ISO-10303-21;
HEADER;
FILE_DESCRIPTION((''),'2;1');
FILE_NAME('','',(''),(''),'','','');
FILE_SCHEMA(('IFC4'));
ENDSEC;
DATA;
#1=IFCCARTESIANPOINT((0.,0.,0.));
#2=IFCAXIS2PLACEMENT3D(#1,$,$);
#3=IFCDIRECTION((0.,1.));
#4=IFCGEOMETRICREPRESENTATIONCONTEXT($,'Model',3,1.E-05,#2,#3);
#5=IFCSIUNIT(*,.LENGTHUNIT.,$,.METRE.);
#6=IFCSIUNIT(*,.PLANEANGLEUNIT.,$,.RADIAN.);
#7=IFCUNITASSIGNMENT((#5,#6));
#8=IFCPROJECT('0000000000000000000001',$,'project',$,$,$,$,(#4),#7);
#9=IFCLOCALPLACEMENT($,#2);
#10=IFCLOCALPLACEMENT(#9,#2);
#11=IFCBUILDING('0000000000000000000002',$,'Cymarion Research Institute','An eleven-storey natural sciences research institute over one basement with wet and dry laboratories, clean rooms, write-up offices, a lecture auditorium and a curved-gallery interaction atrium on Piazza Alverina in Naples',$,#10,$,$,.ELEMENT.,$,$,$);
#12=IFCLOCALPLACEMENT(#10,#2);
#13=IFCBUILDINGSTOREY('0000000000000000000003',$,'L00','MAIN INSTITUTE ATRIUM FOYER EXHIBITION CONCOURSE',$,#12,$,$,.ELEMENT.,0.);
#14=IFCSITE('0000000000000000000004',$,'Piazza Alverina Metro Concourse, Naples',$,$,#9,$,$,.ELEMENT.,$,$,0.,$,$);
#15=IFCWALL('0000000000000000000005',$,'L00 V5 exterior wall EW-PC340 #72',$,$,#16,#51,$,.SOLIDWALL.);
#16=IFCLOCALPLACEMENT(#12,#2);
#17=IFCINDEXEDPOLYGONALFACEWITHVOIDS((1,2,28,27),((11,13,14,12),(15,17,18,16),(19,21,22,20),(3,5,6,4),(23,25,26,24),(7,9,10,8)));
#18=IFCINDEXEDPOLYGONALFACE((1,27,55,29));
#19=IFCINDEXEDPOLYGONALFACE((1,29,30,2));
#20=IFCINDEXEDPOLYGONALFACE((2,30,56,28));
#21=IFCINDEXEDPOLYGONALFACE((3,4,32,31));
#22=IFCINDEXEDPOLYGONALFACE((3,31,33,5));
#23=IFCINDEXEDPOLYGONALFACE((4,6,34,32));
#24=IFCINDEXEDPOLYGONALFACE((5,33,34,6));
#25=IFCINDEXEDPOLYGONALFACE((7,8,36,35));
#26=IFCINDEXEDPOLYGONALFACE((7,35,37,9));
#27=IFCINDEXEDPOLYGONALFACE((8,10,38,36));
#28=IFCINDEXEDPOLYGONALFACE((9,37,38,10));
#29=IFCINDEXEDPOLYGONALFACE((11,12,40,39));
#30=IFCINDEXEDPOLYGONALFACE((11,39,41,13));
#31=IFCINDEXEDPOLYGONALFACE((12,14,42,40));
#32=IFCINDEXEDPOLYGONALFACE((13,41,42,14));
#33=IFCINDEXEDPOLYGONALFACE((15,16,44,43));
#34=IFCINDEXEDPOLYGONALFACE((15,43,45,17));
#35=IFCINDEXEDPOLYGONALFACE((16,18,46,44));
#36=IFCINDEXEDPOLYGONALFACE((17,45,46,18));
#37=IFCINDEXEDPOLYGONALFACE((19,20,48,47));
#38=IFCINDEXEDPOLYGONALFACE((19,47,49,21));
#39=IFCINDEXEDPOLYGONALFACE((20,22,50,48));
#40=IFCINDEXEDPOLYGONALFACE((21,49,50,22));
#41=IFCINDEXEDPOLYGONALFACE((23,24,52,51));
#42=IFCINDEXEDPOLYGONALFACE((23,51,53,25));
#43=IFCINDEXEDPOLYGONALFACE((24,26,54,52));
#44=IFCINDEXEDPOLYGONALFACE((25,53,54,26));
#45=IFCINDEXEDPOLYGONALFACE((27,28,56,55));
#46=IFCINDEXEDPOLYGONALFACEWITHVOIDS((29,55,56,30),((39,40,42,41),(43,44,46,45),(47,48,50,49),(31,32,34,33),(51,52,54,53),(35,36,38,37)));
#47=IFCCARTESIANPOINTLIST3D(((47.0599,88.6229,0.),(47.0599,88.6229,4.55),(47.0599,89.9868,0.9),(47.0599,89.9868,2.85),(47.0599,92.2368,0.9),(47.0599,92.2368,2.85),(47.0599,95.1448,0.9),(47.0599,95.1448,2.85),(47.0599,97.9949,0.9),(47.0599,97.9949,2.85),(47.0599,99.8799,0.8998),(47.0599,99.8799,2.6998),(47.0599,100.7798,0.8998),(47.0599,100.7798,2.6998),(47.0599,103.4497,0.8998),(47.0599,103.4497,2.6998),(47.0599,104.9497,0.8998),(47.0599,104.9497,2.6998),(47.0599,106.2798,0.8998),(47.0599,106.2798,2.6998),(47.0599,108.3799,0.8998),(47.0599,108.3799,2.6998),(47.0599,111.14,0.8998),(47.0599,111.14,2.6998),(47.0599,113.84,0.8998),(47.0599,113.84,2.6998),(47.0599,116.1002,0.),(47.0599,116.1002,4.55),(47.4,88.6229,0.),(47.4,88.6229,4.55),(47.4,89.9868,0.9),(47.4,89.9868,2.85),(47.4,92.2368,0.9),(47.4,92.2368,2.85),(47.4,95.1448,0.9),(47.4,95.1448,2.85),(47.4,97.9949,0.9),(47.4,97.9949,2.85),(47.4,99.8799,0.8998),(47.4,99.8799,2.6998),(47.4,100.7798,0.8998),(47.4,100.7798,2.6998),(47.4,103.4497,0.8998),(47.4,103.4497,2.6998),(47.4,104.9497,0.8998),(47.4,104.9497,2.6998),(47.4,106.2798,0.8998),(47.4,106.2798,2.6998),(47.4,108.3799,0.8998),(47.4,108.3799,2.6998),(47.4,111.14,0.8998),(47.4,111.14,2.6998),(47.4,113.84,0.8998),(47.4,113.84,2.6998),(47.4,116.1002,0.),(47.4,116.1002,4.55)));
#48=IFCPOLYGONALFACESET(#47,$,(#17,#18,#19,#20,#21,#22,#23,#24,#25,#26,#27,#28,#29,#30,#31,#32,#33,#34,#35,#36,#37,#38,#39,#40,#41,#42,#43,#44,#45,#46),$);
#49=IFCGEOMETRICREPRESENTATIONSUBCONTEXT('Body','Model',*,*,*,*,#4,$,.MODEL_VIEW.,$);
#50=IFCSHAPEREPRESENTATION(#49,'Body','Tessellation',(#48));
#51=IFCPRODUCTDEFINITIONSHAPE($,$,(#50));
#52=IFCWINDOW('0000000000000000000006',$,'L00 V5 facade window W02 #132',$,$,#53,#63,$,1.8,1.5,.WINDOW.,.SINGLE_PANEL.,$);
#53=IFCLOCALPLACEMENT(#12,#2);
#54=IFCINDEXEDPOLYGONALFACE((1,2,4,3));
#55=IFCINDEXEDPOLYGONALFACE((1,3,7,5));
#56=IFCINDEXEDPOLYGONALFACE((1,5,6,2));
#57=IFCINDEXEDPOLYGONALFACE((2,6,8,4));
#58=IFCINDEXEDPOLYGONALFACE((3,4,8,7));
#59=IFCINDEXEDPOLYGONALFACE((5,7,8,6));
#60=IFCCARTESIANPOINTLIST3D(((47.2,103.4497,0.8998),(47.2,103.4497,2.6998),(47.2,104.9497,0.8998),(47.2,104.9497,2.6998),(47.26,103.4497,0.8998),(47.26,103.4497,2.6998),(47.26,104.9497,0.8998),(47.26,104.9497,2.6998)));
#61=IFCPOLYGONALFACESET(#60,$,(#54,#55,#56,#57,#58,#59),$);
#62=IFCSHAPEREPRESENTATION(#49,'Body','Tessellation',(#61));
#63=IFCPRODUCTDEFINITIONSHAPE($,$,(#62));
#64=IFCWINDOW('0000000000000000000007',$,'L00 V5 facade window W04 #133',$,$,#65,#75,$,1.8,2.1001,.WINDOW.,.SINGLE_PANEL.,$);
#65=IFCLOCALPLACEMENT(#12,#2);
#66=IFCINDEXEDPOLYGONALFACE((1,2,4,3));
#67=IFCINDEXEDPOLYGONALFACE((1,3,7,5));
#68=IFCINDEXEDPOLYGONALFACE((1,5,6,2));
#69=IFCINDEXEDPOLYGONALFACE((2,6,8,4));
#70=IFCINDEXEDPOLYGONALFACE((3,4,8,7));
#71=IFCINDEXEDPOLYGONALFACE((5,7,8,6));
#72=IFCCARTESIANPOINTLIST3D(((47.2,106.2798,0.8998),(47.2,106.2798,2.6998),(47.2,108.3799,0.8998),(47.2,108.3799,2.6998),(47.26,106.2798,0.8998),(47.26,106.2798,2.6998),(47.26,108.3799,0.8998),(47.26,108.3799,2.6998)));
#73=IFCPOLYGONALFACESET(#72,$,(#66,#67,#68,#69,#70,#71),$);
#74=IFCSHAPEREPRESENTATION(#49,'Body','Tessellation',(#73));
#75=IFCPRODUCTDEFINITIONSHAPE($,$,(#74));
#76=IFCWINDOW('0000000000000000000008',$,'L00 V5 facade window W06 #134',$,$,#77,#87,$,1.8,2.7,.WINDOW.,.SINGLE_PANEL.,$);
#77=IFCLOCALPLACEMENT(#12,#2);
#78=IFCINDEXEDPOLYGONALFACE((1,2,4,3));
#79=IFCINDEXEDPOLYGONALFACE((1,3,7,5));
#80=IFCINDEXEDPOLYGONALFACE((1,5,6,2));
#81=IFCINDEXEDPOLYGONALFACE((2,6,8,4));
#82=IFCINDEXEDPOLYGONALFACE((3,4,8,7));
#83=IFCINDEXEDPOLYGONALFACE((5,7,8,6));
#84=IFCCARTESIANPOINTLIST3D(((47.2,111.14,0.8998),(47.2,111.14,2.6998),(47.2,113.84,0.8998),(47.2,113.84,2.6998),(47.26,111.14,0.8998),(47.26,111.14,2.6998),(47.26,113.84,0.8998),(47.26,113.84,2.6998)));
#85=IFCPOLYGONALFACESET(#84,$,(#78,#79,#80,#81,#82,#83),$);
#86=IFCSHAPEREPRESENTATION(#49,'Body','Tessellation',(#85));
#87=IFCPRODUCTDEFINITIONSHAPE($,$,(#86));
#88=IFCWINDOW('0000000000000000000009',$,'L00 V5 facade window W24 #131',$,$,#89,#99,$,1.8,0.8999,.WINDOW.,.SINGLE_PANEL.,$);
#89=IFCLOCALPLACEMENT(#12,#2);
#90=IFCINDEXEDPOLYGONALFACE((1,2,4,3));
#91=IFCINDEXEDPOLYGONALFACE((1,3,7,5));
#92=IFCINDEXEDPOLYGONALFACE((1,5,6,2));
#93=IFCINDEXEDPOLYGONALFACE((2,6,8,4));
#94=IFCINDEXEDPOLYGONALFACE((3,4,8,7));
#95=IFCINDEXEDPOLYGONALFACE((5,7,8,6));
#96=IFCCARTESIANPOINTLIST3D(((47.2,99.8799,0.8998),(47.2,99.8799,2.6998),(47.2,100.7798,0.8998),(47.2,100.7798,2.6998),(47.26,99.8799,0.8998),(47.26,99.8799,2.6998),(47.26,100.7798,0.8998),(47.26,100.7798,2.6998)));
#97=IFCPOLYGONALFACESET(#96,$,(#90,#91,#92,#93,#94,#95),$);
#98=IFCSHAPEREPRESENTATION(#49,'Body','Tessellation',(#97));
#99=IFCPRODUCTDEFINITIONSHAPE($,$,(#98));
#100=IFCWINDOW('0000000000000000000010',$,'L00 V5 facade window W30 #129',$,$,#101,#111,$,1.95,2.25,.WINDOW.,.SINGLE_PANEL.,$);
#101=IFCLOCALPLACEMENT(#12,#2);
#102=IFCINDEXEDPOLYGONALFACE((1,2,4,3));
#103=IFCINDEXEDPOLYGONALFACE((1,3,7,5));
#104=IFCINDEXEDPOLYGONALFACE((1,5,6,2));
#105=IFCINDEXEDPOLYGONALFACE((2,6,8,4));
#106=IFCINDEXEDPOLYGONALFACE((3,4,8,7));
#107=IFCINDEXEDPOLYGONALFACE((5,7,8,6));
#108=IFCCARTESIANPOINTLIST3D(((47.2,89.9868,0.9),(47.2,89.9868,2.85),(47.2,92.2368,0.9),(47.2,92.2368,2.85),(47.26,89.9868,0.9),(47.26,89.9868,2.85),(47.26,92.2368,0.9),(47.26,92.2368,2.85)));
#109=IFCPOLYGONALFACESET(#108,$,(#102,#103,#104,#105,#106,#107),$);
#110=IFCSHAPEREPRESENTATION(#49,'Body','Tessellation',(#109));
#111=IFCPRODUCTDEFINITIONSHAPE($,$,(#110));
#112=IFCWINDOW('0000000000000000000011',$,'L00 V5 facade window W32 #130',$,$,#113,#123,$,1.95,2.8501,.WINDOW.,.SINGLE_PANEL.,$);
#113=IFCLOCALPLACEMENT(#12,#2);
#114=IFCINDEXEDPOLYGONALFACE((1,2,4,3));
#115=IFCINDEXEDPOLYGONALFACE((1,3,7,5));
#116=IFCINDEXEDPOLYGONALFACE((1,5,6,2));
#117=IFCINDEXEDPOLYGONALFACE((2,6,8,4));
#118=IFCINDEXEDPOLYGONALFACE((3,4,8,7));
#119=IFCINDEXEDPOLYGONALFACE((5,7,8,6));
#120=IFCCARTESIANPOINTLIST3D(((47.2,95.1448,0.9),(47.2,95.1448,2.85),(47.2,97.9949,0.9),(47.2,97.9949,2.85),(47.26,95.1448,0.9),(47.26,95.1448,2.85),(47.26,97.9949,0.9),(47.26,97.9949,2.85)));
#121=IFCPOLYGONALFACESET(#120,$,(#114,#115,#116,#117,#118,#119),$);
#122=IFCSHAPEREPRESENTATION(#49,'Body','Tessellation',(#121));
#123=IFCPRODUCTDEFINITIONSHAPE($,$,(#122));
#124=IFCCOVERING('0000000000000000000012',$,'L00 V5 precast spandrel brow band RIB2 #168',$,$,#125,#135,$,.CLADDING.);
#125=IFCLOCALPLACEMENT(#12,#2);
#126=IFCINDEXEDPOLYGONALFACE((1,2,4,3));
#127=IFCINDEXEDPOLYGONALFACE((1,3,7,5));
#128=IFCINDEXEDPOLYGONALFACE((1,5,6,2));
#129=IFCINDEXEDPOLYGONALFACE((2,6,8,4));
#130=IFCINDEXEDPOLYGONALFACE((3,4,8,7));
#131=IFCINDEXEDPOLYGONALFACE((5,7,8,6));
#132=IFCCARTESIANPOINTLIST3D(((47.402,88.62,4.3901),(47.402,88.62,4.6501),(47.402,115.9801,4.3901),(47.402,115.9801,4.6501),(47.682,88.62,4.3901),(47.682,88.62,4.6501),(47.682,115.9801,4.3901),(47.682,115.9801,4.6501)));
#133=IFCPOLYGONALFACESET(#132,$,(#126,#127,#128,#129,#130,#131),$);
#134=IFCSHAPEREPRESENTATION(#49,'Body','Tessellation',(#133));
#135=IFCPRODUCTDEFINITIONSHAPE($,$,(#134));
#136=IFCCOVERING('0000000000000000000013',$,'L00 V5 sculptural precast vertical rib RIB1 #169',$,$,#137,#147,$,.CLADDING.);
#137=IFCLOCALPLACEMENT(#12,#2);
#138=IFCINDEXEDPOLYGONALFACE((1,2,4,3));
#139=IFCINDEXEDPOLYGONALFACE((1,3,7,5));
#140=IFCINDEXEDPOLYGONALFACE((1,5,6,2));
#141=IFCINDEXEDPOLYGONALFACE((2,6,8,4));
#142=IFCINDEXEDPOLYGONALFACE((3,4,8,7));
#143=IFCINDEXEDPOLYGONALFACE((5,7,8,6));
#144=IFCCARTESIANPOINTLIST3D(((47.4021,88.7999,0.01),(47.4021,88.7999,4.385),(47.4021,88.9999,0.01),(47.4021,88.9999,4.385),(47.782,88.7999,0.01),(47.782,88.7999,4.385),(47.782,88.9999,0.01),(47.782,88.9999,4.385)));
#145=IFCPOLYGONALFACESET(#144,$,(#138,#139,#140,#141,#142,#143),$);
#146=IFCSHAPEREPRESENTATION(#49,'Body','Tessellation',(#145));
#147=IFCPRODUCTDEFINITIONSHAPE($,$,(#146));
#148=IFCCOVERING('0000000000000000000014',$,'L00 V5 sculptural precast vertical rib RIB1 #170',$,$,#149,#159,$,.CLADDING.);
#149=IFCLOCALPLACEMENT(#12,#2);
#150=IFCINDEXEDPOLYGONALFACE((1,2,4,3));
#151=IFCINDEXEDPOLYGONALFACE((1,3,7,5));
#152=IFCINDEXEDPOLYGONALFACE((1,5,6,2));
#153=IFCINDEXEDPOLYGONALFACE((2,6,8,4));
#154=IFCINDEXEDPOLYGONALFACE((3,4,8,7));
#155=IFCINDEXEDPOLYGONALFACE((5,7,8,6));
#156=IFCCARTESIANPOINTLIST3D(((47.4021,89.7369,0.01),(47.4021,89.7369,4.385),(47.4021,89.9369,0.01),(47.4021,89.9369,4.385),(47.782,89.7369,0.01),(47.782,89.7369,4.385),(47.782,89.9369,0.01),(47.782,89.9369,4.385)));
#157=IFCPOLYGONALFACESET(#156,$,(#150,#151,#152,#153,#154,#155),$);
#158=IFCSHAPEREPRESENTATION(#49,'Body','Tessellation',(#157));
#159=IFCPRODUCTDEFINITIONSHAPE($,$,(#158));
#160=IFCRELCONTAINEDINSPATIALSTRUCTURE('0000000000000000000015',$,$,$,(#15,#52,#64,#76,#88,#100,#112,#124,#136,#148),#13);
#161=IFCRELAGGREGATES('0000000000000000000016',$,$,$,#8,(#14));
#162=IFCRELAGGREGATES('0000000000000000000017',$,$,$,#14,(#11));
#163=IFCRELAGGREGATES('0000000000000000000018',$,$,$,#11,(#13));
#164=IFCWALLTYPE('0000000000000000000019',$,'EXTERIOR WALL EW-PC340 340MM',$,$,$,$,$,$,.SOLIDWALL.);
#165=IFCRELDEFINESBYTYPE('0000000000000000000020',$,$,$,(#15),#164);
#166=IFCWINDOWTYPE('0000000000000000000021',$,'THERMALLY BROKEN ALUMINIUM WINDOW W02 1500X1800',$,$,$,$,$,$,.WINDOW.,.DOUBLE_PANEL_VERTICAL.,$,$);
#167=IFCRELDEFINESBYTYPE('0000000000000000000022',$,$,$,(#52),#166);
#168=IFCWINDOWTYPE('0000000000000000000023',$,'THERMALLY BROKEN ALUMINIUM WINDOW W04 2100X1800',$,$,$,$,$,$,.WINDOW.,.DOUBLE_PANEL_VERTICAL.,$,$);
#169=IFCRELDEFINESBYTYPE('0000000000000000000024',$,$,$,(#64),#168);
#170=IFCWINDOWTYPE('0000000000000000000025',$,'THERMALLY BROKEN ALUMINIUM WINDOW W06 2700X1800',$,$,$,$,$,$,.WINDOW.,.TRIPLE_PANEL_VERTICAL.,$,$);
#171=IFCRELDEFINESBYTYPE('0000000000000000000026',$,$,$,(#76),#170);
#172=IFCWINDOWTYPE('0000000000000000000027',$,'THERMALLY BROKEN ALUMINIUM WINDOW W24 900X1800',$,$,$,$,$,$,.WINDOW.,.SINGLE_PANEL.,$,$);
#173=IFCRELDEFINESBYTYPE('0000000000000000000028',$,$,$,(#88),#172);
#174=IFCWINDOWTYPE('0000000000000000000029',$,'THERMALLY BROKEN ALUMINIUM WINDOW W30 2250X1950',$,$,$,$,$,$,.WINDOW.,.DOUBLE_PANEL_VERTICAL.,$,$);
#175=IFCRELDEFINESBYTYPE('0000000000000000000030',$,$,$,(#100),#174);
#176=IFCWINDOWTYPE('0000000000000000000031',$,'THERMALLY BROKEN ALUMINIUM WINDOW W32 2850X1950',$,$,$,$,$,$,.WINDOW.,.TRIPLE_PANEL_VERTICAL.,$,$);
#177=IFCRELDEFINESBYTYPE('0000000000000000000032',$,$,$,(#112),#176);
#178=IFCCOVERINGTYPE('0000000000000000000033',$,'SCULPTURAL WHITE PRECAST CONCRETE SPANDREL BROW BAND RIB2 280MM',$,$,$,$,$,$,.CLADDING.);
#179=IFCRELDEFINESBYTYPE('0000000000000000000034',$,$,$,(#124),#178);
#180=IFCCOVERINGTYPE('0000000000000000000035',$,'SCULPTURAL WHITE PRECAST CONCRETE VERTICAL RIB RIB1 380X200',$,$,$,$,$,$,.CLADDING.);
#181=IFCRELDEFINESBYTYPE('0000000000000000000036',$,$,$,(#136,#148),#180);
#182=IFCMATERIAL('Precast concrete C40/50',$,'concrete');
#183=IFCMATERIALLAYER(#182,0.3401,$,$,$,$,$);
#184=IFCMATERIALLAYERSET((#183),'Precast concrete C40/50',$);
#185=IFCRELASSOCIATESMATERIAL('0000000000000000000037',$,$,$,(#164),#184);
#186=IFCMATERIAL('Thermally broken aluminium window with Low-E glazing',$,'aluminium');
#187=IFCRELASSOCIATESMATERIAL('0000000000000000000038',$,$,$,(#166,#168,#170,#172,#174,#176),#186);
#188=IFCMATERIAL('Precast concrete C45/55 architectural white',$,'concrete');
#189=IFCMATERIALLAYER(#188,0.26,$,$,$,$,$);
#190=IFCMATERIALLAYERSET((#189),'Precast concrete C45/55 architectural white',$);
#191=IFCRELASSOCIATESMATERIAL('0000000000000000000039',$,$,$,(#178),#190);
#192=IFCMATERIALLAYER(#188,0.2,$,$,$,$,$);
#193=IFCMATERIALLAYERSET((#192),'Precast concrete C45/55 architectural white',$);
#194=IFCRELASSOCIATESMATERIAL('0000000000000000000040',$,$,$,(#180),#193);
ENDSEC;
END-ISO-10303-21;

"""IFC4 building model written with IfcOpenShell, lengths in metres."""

from ifc_helpers import new_model, si_unit, direction, frame, frame_2d, origin, origin_2d, place, context, subcontext, project, spatial, rectangle, extrude, material, layer, layer_set, type_object, element, fill, save


model = new_model("IFC4")

# Units and contexts
model_context = context("Model", 3, precision=1e-05, world=origin(), true_north=direction((0.0, 1.0)))
body_context = subcontext(model_context, "Body", "Model", "MODEL_VIEW")
ifc_project = project(units=[si_unit("LENGTHUNIT", "METRE"), si_unit("PLANEANGLEUNIT", "RADIAN")], contexts=[model_context])

# Site, building, storey
site_placement = place(None, origin())
site = spatial("IfcSite", under=ifc_project, at=site_placement, Name="Piazza Alverina Metro Concourse, Naples", CompositionType="ELEMENT", RefElevation=0.0)
building_placement = place(site_placement, origin())
building = spatial("IfcBuilding", under=site, at=building_placement, Name="Cymarion Research Institute", Description="An eleven-storey natural sciences research institute over one basement with wet and dry laboratories, clean rooms, write-up offices, a lecture auditorium and a curved-gallery interaction atrium on Piazza Alverina in Naples", CompositionType="ELEMENT")
storey_placement = place(building_placement, origin())
storey = spatial("IfcBuildingStorey", under=building, at=storey_placement, Name="L00", Description="MAIN INSTITUTE ATRIUM FOYER EXHIBITION CONCOURSE", CompositionType="ELEMENT", Elevation=0.0)

# Wall, openings, windows
ifc_material_1 = material(Name="Precast concrete C40/50", Category="concrete")
ifc_layer_1 = layer(ifc_material_1, 0.3401)
ifc_layer_set_1 = layer_set([ifc_layer_1], Name="Precast concrete C40/50")
wall_type = type_object("IfcWallType", Name="EXTERIOR WALL EW-PC340 340MM", PredefinedType="SOLIDWALL", material=ifc_layer_set_1)
wall_placement = place(storey_placement, frame((47.23, 88.6228, 0.0), z_axis=(0.0, 0.0, 1.0), x_axis=(0.0, 1.0, 0.0)))
wall = element("IfcWall", 1, at=wall_placement, inside=storey, type_object=wall_type, Name="L00 V5 exterior wall EW-PC340 #72", PredefinedType="SOLIDWALL", context=body_context, shape_type="SweptSolid", body=[
    extrude(rectangle(XDim=27.4773, YDim=0.3401, at=frame_2d((13.7388, 0.0))), origin(), (0.0, 0.0, 1.0), 4.55),
])
opening_1_placement = place(wall_placement, frame((1.364, 0.0, 0.8999)))
opening_1 = element("IfcOpeningElement", 2, at=opening_1_placement, cuts=wall, PredefinedType="OPENING", context=body_context, shape_type="SweptSolid", body=[
    extrude(rectangle(XDim=2.25, YDim=1.95, at=frame_2d((1.125, 0.9751))), frame((0.0, 0.1799, 0.0), z_axis=(0.0, -1.0, 0.0), x_axis=(1.0, 0.0, 0.0)), (0.0, 0.0, 1.0), 0.3601),
])
opening_2_placement = place(wall_placement, frame((6.522, 0.0, 0.8999)))
opening_2 = element("IfcOpeningElement", 3, at=opening_2_placement, cuts=wall, PredefinedType="OPENING", context=body_context, shape_type="SweptSolid", body=[
    extrude(rectangle(XDim=2.8501, YDim=1.95, at=frame_2d((1.425, 0.9751))), frame((0.0, 0.1799, 0.0), z_axis=(0.0, -1.0, 0.0), x_axis=(1.0, 0.0, 0.0)), (0.0, 0.0, 1.0), 0.3601),
])
opening_3_placement = place(wall_placement, frame((11.2571, 0.0, 0.8999)))
opening_3 = element("IfcOpeningElement", 4, at=opening_3_placement, cuts=wall, PredefinedType="OPENING", context=body_context, shape_type="SweptSolid", body=[
    extrude(rectangle(XDim=0.8999, YDim=1.8, at=frame_2d((0.45, 0.8999))), frame((0.0, 0.1799, 0.0), z_axis=(0.0, -1.0, 0.0), x_axis=(1.0, 0.0, 0.0)), (0.0, 0.0, 1.0), 0.3601),
])
opening_4_placement = place(wall_placement, frame((14.8269, 0.0, 0.8999)))
opening_4 = element("IfcOpeningElement", 5, at=opening_4_placement, cuts=wall, PredefinedType="OPENING", context=body_context, shape_type="SweptSolid", body=[
    extrude(rectangle(XDim=1.5, YDim=1.8, at=frame_2d((0.75, 0.8999))), frame((0.0, 0.1799, 0.0), z_axis=(0.0, -1.0, 0.0), x_axis=(1.0, 0.0, 0.0)), (0.0, 0.0, 1.0), 0.3601),
])
opening_5_placement = place(wall_placement, frame((17.657, 0.0, 0.8999)))
opening_5 = element("IfcOpeningElement", 6, at=opening_5_placement, cuts=wall, PredefinedType="OPENING", context=body_context, shape_type="SweptSolid", body=[
    extrude(rectangle(XDim=2.1001, YDim=1.8, at=frame_2d((1.05, 0.8999))), frame((0.0, 0.1799, 0.0), z_axis=(0.0, -1.0, 0.0), x_axis=(1.0, 0.0, 0.0)), (0.0, 0.0, 1.0), 0.3601),
])
opening_6_placement = place(wall_placement, frame((22.5171, 0.0, 0.8999)))
opening_6 = element("IfcOpeningElement", 7, at=opening_6_placement, cuts=wall, PredefinedType="OPENING", context=body_context, shape_type="SweptSolid", body=[
    extrude(rectangle(XDim=2.7, YDim=1.8, at=frame_2d((1.3501, 0.8999))), frame((0.0, 0.1799, 0.0), z_axis=(0.0, -1.0, 0.0), x_axis=(1.0, 0.0, 0.0)), (0.0, 0.0, 1.0), 0.3601),
])
ifc_material_2 = material(Name="Thermally broken aluminium window with Low-E glazing", Category="aluminium")
window_type_1 = type_object("IfcWindowType", Name="THERMALLY BROKEN ALUMINIUM WINDOW W02 1500X1800", PartitioningType="DOUBLE_PANEL_VERTICAL", PredefinedType="WINDOW", material=ifc_material_2)
window_1_placement = place(opening_4_placement, origin())
window_1 = element("IfcWindow", 8, at=window_1_placement, inside=storey, type_object=window_type_1, Name="L00 V5 facade window W02 #132", OverallHeight=1.8, OverallWidth=1.5, PartitioningType="SINGLE_PANEL", PredefinedType="WINDOW", context=body_context, shape_type="SweptSolid", body=[
    extrude(rectangle(XDim=1.5, YDim=1.8, at=frame_2d((0.75, 0.8999))), frame((0.0, 0.03, 0.0), z_axis=(0.0, -1.0, 0.0), x_axis=(1.0, 0.0, 0.0)), (0.0, 0.0, 1.0), 0.0601),
])
fill(opening_4, window_1)
window_type_2 = type_object("IfcWindowType", Name="THERMALLY BROKEN ALUMINIUM WINDOW W04 2100X1800", PartitioningType="DOUBLE_PANEL_VERTICAL", PredefinedType="WINDOW", material=ifc_material_2)
window_2_placement = place(opening_5_placement, origin())
window_2 = element("IfcWindow", 9, at=window_2_placement, inside=storey, type_object=window_type_2, Name="L00 V5 facade window W04 #133", OverallHeight=1.8, OverallWidth=2.1001, PartitioningType="SINGLE_PANEL", PredefinedType="WINDOW", context=body_context, shape_type="SweptSolid", body=[
    extrude(rectangle(XDim=2.1001, YDim=1.8, at=frame_2d((1.05, 0.8999))), frame((0.0, 0.03, 0.0), z_axis=(0.0, -1.0, 0.0), x_axis=(1.0, 0.0, 0.0)), (0.0, 0.0, 1.0), 0.0601),
])
fill(opening_5, window_2)
window_type_3 = type_object("IfcWindowType", Name="THERMALLY BROKEN ALUMINIUM WINDOW W06 2700X1800", PartitioningType="TRIPLE_PANEL_VERTICAL", PredefinedType="WINDOW", material=ifc_material_2)
window_3_placement = place(opening_6_placement, origin())
window_3 = element("IfcWindow", 10, at=window_3_placement, inside=storey, type_object=window_type_3, Name="L00 V5 facade window W06 #134", OverallHeight=1.8, OverallWidth=2.7, PartitioningType="SINGLE_PANEL", PredefinedType="WINDOW", context=body_context, shape_type="SweptSolid", body=[
    extrude(rectangle(XDim=2.7, YDim=1.8, at=frame_2d((1.3501, 0.8999))), frame((0.0, 0.03, 0.0), z_axis=(0.0, -1.0, 0.0), x_axis=(1.0, 0.0, 0.0)), (0.0, 0.0, 1.0), 0.0601),
])
fill(opening_6, window_3)
window_type_4 = type_object("IfcWindowType", Name="THERMALLY BROKEN ALUMINIUM WINDOW W24 900X1800", PartitioningType="SINGLE_PANEL", PredefinedType="WINDOW", material=ifc_material_2)
window_4_placement = place(opening_3_placement, origin())
window_4 = element("IfcWindow", 11, at=window_4_placement, inside=storey, type_object=window_type_4, Name="L00 V5 facade window W24 #131", OverallHeight=1.8, OverallWidth=0.8999, PartitioningType="SINGLE_PANEL", PredefinedType="WINDOW", context=body_context, shape_type="SweptSolid", body=[
    extrude(rectangle(XDim=0.8999, YDim=1.8, at=frame_2d((0.45, 0.8999))), frame((0.0, 0.03, 0.0), z_axis=(0.0, -1.0, 0.0), x_axis=(1.0, 0.0, 0.0)), (0.0, 0.0, 1.0), 0.0601),
])
fill(opening_3, window_4)
window_type_5 = type_object("IfcWindowType", Name="THERMALLY BROKEN ALUMINIUM WINDOW W30 2250X1950", PartitioningType="DOUBLE_PANEL_VERTICAL", PredefinedType="WINDOW", material=ifc_material_2)
window_5_placement = place(opening_1_placement, origin())
window_5 = element("IfcWindow", 12, at=window_5_placement, inside=storey, type_object=window_type_5, Name="L00 V5 facade window W30 #129", OverallHeight=1.95, OverallWidth=2.25, PartitioningType="SINGLE_PANEL", PredefinedType="WINDOW", context=body_context, shape_type="SweptSolid", body=[
    extrude(rectangle(XDim=2.25, YDim=1.95, at=frame_2d((1.125, 0.9751))), frame((0.0, 0.03, 0.0), z_axis=(0.0, -1.0, 0.0), x_axis=(1.0, 0.0, 0.0)), (0.0, 0.0, 1.0), 0.0601),
])
fill(opening_1, window_5)
window_type_6 = type_object("IfcWindowType", Name="THERMALLY BROKEN ALUMINIUM WINDOW W32 2850X1950", PartitioningType="TRIPLE_PANEL_VERTICAL", PredefinedType="WINDOW", material=ifc_material_2)
window_6_placement = place(opening_2_placement, origin())
window_6 = element("IfcWindow", 13, at=window_6_placement, inside=storey, type_object=window_type_6, Name="L00 V5 facade window W32 #130", OverallHeight=1.95, OverallWidth=2.8501, PartitioningType="SINGLE_PANEL", PredefinedType="WINDOW", context=body_context, shape_type="SweptSolid", body=[
    extrude(rectangle(XDim=2.8501, YDim=1.95, at=frame_2d((1.425, 0.9751))), frame((0.0, 0.03, 0.0), z_axis=(0.0, -1.0, 0.0), x_axis=(1.0, 0.0, 0.0)), (0.0, 0.0, 1.0), 0.0601),
])
fill(opening_2, window_6)

# Coverings
ifc_material_3 = material(Name="Precast concrete C45/55 architectural white", Category="concrete")
ifc_layer_2 = layer(ifc_material_3, 0.26)
ifc_layer_set_2 = layer_set([ifc_layer_2], Name="Precast concrete C45/55 architectural white")
covering_type_1 = type_object("IfcCoveringType", Name="SCULPTURAL WHITE PRECAST CONCRETE SPANDREL BROW BAND RIB2 280MM", PredefinedType="CLADDING", material=ifc_layer_set_2)
covering_placement = place(storey_placement, frame((47.542, 102.3, 4.3901), z_axis=(0.0, 0.0, 1.0), x_axis=(1.0, 0.0, 0.0)))
element("IfcCovering", 14, at=covering_placement, inside=storey, type_object=covering_type_1, Name="L00 V5 precast spandrel brow band RIB2 #168", PredefinedType="CLADDING", context=body_context, shape_type="SweptSolid", body=[
    extrude(rectangle(XDim=0.28, YDim=27.3601, at=origin_2d()), origin(), (0.0, 0.0, 1.0), 0.26),
])
ifc_layer_3 = layer(ifc_material_3, 0.2)
ifc_layer_set_3 = layer_set([ifc_layer_3], Name="Precast concrete C45/55 architectural white")
covering_type_2 = type_object("IfcCoveringType", Name="SCULPTURAL WHITE PRECAST CONCRETE VERTICAL RIB RIB1 380X200", PredefinedType="CLADDING", material=ifc_layer_set_3)
for number, where, z_axis, x_axis, name in (
    (15, (47.592, 88.8999, 0.01), (0.0, 0.0, 1.0), (1.0, 0.0, 0.0), "L00 V5 sculptural precast vertical rib RIB1 #169"),
    (16, (47.592, 89.8369, 0.01), (0.0, 0.0, 1.0), (1.0, 0.0, 0.0), "L00 V5 sculptural precast vertical rib RIB1 #170"),
):
    element("IfcCovering", number, at=place(storey_placement, frame(where, z_axis=z_axis, x_axis=x_axis)), inside=storey, type_object=covering_type_2, Name=name, PredefinedType="CLADDING", context=body_context, shape_type="SweptSolid", body=[
        extrude(rectangle(XDim=0.3799, YDim=0.2, at=origin_2d()), origin(), (0.0, 0.0, 1.0), 4.375),
    ])

save(model, "model.ifc")
